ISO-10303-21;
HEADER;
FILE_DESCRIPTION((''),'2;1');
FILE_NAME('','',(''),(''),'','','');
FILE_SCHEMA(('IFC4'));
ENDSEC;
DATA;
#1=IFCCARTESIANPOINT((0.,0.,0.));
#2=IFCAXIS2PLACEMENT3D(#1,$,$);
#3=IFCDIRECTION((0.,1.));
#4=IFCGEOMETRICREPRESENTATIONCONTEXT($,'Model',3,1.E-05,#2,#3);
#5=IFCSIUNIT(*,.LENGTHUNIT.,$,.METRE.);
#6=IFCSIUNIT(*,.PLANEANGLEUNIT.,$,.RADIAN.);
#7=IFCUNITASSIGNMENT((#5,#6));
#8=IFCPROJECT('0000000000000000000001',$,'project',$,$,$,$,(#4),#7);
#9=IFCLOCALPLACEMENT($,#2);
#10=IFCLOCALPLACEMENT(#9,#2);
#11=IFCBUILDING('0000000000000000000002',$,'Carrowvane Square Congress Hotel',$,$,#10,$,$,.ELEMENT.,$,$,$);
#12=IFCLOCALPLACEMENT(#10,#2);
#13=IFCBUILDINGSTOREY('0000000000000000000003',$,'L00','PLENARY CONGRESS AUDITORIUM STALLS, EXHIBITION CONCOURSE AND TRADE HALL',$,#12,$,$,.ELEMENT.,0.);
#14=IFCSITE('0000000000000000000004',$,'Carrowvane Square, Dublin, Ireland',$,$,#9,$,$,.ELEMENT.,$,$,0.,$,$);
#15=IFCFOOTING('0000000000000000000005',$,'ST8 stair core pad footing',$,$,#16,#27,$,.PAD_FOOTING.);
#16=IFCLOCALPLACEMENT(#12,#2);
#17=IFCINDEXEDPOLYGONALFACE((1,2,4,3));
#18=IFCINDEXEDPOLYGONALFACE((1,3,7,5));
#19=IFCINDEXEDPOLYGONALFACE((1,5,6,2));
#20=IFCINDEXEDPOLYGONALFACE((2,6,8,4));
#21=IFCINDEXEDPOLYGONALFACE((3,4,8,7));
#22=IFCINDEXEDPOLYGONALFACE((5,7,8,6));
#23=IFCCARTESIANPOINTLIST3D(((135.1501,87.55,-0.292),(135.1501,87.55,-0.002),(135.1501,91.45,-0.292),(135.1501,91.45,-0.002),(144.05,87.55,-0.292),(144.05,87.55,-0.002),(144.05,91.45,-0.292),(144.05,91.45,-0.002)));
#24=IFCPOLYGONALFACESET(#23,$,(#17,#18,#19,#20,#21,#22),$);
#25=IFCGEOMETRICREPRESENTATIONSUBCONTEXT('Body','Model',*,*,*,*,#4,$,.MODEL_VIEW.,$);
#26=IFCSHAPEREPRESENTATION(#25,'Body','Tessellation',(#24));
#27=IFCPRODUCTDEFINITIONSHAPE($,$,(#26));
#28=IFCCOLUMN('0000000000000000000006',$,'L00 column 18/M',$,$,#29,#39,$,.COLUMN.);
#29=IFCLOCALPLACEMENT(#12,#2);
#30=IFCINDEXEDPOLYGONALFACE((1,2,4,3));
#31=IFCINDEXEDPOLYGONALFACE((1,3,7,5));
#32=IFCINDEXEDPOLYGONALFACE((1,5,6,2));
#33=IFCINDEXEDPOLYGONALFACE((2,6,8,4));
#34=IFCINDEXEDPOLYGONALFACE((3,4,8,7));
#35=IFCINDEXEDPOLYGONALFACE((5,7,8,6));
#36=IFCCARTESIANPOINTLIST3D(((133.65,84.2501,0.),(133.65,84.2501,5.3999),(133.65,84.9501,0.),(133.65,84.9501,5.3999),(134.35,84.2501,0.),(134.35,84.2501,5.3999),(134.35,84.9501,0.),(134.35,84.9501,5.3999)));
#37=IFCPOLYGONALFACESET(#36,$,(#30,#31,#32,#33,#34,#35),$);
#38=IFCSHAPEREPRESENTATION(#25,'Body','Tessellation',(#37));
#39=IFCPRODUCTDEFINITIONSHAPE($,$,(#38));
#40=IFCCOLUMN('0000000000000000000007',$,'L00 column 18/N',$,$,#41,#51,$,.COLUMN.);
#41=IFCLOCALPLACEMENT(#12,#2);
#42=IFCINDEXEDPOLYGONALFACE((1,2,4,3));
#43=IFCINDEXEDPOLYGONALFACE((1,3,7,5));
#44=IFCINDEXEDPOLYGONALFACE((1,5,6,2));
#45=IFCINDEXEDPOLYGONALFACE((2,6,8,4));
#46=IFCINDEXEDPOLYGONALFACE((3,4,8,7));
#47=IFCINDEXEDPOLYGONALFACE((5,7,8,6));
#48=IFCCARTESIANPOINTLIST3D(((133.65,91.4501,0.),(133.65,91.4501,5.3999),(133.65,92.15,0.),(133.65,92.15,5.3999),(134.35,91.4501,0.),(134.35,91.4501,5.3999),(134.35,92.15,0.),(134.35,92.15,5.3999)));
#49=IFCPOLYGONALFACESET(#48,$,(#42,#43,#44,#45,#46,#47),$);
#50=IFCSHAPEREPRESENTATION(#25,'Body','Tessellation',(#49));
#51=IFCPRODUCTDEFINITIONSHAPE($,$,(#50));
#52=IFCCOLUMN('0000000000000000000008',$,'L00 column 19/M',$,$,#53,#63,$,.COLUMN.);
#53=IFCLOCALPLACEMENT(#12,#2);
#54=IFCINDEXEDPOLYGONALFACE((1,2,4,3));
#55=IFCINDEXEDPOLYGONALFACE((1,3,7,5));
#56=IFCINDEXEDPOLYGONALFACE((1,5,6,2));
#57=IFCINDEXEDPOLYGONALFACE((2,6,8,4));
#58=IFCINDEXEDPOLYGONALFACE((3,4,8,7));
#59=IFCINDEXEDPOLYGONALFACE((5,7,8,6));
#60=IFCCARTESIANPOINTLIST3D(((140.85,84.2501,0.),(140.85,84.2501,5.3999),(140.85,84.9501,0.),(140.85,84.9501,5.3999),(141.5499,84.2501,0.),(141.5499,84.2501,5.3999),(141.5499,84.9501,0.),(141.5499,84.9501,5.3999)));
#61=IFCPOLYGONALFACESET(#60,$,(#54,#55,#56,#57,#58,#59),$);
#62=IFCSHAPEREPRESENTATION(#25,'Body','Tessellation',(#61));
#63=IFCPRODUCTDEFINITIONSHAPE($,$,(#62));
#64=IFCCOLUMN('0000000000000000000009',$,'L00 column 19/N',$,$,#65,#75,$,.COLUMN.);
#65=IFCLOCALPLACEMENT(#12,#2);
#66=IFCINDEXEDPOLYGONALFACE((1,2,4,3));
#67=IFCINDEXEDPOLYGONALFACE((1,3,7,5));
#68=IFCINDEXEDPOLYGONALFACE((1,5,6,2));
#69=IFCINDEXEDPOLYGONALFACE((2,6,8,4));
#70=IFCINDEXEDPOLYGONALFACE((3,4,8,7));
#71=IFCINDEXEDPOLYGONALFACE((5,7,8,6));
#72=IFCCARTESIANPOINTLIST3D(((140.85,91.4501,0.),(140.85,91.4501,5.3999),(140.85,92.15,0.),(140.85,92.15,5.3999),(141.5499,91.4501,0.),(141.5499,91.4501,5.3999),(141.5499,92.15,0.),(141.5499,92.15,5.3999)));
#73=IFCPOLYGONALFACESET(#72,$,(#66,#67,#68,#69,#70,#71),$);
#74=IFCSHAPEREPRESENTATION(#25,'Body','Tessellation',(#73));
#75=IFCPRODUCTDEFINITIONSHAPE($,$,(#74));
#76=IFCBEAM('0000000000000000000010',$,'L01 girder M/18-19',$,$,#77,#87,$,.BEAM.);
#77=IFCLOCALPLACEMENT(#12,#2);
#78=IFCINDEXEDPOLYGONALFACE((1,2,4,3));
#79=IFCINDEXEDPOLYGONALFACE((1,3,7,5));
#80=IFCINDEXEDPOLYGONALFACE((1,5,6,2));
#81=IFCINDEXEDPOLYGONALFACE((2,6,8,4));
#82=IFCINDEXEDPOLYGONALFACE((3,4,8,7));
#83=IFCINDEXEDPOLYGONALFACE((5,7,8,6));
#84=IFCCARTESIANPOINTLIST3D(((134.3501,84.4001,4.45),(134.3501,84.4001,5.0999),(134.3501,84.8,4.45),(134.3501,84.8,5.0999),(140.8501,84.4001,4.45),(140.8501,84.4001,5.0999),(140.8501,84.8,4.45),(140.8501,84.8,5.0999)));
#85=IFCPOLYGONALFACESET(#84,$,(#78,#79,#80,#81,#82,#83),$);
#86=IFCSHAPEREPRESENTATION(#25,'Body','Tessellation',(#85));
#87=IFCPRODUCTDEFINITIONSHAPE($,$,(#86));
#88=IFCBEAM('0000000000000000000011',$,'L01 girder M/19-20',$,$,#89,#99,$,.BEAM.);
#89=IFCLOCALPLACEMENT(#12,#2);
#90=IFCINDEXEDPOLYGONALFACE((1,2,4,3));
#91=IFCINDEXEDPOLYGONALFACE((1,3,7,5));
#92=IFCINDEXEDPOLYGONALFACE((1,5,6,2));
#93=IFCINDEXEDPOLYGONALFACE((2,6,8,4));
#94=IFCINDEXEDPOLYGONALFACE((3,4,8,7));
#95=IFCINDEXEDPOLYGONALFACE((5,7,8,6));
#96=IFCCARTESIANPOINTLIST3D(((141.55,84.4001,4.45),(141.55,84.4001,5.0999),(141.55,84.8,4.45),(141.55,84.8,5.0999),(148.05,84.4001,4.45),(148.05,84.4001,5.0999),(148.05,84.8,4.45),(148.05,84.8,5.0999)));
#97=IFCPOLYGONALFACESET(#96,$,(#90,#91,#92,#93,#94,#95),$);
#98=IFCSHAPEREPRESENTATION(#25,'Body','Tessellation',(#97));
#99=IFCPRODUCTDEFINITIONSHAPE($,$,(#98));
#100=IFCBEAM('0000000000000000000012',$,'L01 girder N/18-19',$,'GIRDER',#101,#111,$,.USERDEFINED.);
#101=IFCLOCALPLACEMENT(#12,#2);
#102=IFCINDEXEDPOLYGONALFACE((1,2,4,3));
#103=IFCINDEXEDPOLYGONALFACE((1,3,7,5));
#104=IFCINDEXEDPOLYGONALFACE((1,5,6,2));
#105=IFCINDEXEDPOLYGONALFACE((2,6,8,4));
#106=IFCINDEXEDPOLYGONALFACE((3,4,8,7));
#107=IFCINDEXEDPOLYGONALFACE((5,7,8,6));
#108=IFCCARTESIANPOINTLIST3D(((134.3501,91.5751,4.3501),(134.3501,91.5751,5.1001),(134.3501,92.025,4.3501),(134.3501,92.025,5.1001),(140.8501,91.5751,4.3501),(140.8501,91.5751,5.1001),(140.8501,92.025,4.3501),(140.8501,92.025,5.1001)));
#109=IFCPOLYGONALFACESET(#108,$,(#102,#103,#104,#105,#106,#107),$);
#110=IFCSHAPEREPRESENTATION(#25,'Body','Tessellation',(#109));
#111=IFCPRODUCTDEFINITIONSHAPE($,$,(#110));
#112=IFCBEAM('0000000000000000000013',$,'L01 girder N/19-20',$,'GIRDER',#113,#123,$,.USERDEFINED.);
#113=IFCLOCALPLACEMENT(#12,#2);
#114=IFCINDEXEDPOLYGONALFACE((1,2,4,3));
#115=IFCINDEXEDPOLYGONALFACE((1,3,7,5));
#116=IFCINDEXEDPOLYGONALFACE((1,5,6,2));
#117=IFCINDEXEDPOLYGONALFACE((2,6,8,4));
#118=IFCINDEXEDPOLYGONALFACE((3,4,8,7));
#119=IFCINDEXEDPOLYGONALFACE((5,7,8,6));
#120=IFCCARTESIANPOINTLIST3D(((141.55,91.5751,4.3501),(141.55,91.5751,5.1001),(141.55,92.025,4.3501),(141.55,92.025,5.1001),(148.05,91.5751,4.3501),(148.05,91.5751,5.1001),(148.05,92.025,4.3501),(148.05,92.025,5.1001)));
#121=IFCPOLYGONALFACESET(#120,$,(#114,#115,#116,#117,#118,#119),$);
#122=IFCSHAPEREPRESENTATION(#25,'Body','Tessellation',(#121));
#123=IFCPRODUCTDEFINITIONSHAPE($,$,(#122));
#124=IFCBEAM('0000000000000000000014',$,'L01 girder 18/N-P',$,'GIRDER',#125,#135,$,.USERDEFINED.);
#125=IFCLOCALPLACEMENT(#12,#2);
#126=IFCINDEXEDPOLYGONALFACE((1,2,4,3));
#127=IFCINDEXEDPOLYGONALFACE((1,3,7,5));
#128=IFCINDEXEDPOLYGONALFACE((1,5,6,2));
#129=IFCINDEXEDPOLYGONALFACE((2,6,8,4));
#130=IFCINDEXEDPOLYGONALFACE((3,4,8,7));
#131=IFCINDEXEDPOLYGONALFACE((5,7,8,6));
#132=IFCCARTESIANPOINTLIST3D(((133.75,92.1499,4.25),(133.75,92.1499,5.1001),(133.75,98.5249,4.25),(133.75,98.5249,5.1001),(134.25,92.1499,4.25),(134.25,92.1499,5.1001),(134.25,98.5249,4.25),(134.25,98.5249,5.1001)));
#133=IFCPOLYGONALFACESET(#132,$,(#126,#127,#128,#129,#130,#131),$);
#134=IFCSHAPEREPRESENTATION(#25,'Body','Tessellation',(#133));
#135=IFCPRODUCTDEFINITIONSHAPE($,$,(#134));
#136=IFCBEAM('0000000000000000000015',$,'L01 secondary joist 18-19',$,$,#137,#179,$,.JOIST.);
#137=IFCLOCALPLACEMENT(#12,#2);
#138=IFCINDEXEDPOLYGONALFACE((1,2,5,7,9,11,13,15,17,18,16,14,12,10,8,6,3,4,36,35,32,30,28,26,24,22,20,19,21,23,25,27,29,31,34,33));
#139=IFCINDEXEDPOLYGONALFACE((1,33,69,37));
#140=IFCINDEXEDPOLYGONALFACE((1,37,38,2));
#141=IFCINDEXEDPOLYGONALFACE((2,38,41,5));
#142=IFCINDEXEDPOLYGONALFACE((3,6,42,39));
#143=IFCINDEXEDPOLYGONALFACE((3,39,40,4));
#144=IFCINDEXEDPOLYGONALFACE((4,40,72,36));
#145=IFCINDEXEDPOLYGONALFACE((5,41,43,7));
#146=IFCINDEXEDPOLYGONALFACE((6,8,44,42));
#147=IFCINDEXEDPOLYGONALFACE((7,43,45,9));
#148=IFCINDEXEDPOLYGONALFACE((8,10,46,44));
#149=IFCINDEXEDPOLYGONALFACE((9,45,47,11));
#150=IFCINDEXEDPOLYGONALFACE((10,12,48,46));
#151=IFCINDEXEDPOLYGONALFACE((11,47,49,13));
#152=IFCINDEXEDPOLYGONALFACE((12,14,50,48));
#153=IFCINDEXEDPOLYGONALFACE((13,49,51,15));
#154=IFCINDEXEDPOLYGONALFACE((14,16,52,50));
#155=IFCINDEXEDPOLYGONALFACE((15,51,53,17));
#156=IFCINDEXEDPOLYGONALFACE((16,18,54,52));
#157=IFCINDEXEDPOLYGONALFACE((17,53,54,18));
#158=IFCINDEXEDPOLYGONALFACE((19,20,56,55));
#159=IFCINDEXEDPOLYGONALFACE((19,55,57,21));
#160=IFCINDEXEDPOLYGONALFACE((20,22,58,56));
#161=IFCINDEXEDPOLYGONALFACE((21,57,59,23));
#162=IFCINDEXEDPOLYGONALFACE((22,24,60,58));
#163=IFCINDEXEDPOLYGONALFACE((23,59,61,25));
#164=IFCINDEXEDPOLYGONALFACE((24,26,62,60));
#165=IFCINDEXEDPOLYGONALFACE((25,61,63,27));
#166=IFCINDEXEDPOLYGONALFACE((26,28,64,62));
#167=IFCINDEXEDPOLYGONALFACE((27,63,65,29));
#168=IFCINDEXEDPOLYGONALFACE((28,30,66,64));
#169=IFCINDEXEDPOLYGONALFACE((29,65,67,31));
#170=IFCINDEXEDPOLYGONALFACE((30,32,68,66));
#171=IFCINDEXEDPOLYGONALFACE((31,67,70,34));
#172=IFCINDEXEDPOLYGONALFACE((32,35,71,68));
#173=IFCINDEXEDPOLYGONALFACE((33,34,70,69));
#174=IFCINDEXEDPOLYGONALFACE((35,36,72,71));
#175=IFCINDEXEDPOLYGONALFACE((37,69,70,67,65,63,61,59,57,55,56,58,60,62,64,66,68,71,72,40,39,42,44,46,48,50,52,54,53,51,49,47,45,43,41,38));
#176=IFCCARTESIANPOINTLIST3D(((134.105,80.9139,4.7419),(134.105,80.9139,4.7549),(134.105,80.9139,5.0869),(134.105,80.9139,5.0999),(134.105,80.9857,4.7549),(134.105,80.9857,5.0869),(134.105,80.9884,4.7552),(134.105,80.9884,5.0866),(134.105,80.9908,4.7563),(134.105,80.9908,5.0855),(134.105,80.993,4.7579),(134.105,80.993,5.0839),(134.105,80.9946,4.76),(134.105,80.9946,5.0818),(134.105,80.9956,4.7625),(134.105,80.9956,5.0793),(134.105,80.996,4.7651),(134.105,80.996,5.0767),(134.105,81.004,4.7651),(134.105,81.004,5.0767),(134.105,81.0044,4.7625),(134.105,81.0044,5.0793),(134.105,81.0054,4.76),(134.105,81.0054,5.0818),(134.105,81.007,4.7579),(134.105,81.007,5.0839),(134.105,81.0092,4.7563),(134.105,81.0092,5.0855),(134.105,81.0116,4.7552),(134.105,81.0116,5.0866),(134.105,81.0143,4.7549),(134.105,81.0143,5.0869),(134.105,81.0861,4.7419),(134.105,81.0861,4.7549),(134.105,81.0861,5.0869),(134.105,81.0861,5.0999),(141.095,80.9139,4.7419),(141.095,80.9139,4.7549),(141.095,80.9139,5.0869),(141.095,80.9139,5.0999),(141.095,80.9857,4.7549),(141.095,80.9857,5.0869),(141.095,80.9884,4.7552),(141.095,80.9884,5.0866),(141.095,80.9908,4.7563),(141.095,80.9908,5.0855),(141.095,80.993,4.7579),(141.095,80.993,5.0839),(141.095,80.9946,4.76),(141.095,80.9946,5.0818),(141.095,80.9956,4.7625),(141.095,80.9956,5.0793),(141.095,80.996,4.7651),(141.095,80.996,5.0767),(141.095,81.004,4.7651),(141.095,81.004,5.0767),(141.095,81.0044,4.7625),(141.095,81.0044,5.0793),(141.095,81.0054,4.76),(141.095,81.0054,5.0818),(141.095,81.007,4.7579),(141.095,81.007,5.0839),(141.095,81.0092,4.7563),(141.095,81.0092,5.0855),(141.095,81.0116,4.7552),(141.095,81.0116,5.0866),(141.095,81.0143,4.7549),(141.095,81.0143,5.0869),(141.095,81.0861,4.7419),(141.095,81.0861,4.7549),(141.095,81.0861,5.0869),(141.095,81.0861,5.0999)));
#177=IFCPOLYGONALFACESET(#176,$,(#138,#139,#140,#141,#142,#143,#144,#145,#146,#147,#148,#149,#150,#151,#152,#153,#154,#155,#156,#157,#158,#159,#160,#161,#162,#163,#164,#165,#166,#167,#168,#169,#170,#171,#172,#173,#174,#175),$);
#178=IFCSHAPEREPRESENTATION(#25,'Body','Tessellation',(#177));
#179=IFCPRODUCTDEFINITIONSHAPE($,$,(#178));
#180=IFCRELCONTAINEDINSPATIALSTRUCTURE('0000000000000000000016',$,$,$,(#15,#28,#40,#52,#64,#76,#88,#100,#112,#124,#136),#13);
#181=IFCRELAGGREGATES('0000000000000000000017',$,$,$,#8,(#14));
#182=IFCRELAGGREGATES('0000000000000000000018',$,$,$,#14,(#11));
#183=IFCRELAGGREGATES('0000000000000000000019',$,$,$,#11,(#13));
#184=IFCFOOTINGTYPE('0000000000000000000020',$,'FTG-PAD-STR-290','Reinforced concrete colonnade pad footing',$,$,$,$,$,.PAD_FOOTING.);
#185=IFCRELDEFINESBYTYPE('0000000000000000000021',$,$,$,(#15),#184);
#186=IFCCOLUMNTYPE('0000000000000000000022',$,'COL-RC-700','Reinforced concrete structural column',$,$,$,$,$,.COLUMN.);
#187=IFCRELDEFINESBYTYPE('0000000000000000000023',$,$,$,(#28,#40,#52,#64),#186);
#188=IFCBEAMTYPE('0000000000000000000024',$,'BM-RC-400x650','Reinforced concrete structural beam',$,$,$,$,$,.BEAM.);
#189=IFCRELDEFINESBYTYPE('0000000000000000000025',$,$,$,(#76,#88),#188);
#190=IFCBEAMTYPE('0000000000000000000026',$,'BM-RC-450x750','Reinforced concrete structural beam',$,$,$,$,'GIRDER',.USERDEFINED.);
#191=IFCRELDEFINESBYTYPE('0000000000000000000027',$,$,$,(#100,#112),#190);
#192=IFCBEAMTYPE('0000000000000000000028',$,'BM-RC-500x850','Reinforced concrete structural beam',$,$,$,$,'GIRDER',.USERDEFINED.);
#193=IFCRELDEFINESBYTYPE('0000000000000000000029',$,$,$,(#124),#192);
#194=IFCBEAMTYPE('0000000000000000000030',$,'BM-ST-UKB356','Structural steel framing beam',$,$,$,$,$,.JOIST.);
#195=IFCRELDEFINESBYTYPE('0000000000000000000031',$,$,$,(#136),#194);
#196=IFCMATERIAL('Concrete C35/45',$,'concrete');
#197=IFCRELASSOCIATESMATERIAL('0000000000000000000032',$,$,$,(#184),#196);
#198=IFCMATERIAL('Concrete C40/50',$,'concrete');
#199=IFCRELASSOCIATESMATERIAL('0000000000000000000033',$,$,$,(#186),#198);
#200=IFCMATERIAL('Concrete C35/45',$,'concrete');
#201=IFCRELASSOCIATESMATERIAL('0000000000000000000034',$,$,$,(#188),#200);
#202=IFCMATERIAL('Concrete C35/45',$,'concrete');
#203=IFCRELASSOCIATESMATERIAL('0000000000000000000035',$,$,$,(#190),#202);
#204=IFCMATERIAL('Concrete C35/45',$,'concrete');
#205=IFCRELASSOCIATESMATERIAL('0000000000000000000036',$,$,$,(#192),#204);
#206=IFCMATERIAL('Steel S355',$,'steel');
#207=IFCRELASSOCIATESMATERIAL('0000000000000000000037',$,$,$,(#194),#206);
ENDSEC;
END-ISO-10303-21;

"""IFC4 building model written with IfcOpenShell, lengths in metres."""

from ifc_helpers import new_model, si_unit, direction, frame, origin, origin_2d, place, context, subcontext, project, spatial, rectangle, i_section, extrude, material, material_profile, profile_set, type_object, element, save


model = new_model("IFC4")

# Units and contexts
model_context = context("Model", 3, precision=1e-05, world=origin(), true_north=direction((0.0, 1.0)))
body_context = subcontext(model_context, "Body", "Model", "MODEL_VIEW")
ifc_project = project(units=[si_unit("LENGTHUNIT", "METRE"), si_unit("PLANEANGLEUNIT", "RADIAN")], contexts=[model_context])

# Site, building, storey
site_placement = place(None, origin())
site = spatial("IfcSite", under=ifc_project, at=site_placement, Name="Carrowvane Square, Dublin, Ireland", CompositionType="ELEMENT", RefElevation=0.0)
building_placement = place(site_placement, origin())
building = spatial("IfcBuilding", under=site, at=building_placement, Name="Carrowvane Square Congress Hotel", CompositionType="ELEMENT")
storey_placement = place(building_placement, origin())
storey = spatial("IfcBuildingStorey", under=building, at=storey_placement, Name="L00", Description="PLENARY CONGRESS AUDITORIUM STALLS, EXHIBITION CONCOURSE AND TRADE HALL", CompositionType="ELEMENT", Elevation=0.0)

# Footing
ifc_material_1 = material(Name="Concrete C35/45", Category="concrete")
footing_type = type_object("IfcFootingType", Name="FTG-PAD-STR-290", Description="Reinforced concrete colonnade pad footing", PredefinedType="PAD_FOOTING", material=ifc_material_1)
footing_placement = place(storey_placement, frame((139.6001, 89.5, -0.292), z_axis=(0.0, 0.0, 1.0), x_axis=(1.0, 0.0, 0.0)))
element("IfcFooting", 1, at=footing_placement, inside=storey, type_object=footing_type, Name="ST8 stair core pad footing", PredefinedType="PAD_FOOTING", context=body_context, shape_type="SweptSolid", body=[
    extrude(rectangle(XDim=8.8999, YDim=3.8999, at=origin_2d()), origin(), (0.0, 0.0, 1.0), 0.29),
])

# Columns
ifc_material_2 = material(Name="Concrete C40/50", Category="concrete")
ifc_material_profile_1 = material_profile(ifc_material_2, rectangle(XDim=0.7, YDim=0.7, at=origin_2d()), Name="RC 700x700")
ifc_profile_set_1 = profile_set([ifc_material_profile_1], Name="Concrete C40/50")
column_type = type_object("IfcColumnType", Name="COL-RC-700", Description="Reinforced concrete structural column", PredefinedType="COLUMN", material=ifc_profile_set_1)
for number, where, z_axis, x_axis, name in (
    (2, (134.0, 84.6001, 0.0), (0.0, 0.0, 1.0), (1.0, 0.0, 0.0), "L00 column 18/M"),
    (3, (134.0, 91.8, 0.0), (0.0, 0.0, 1.0), (1.0, 0.0, 0.0), "L00 column 18/N"),
    (4, (141.2, 84.6001, 0.0), (0.0, 0.0, 1.0), (1.0, 0.0, 0.0), "L00 column 19/M"),
    (5, (141.2, 91.8, 0.0), (0.0, 0.0, 1.0), (1.0, 0.0, 0.0), "L00 column 19/N"),
):
    element("IfcColumn", number, at=place(storey_placement, frame(where, z_axis=z_axis, x_axis=x_axis)), inside=storey, type_object=column_type, Name=name, PredefinedType="COLUMN", context=body_context, shape_type="SweptSolid", body=[
        extrude(rectangle(XDim=0.7, YDim=0.7, at=origin_2d()), origin(), (0.0, 0.0, 1.0), 5.3999),
    ])

# Beams
ifc_material_3 = material(Name="Concrete C35/45", Category="concrete")
ifc_material_profile_2 = material_profile(ifc_material_3, rectangle(XDim=0.3999, YDim=0.6499, at=origin_2d()), Name="RC 400x650")
ifc_profile_set_2 = profile_set([ifc_material_profile_2], Name="Concrete C35/45")
beam_type_1 = type_object("IfcBeamType", Name="BM-RC-400x650", Description="Reinforced concrete structural beam", PredefinedType="BEAM", material=ifc_profile_set_2)
for number, where, z_axis, x_axis, name in (
    (6, (134.3501, 84.6001, 4.7749), (1.0, 0.0, 0.0), (0.0, 1.0, 0.0), "L01 girder M/18-19"),
    (7, (141.55, 84.6001, 4.7749), (1.0, 0.0, 0.0), (0.0, 1.0, 0.0), "L01 girder M/19-20"),
):
    element("IfcBeam", number, at=place(storey_placement, frame(where, z_axis=z_axis, x_axis=x_axis)), inside=storey, type_object=beam_type_1, Name=name, PredefinedType="BEAM", context=body_context, shape_type="SweptSolid", body=[
        extrude(rectangle(XDim=0.3999, YDim=0.6499, at=origin_2d()), origin(), (0.0, 0.0, 1.0), 6.5),
    ])
ifc_material_4 = material(Name="Concrete C35/45", Category="concrete")
ifc_material_profile_3 = material_profile(ifc_material_4, rectangle(XDim=0.45, YDim=0.75, at=origin_2d()), Name="RC 450x750")
ifc_profile_set_3 = profile_set([ifc_material_profile_3], Name="Concrete C35/45")
beam_type_2 = type_object("IfcBeamType", Name="BM-RC-450x750", Description="Reinforced concrete structural beam", ElementType="GIRDER", PredefinedType="USERDEFINED", material=ifc_profile_set_3)
for number, where, z_axis, x_axis, name in (
    (8, (134.3501, 91.8, 4.7251), (1.0, 0.0, 0.0), (0.0, 1.0, 0.0), "L01 girder N/18-19"),
    (9, (141.55, 91.8, 4.7251), (1.0, 0.0, 0.0), (0.0, 1.0, 0.0), "L01 girder N/19-20"),
):
    element("IfcBeam", number, at=place(storey_placement, frame(where, z_axis=z_axis, x_axis=x_axis)), inside=storey, type_object=beam_type_2, Name=name, ObjectType="GIRDER", PredefinedType="USERDEFINED", context=body_context, shape_type="SweptSolid", body=[
        extrude(rectangle(XDim=0.45, YDim=0.75, at=origin_2d()), origin(), (0.0, 0.0, 1.0), 6.5),
    ])
ifc_material_5 = material(Name="Concrete C35/45", Category="concrete")
ifc_material_profile_4 = material_profile(ifc_material_5, rectangle(XDim=0.5, YDim=0.8501, at=origin_2d()), Name="RC 500x850")
ifc_profile_set_4 = profile_set([ifc_material_profile_4], Name="Concrete C35/45")
beam_type_3 = type_object("IfcBeamType", Name="BM-RC-500x850", Description="Reinforced concrete structural beam", ElementType="GIRDER", PredefinedType="USERDEFINED", material=ifc_profile_set_4)
beam_placement = place(storey_placement, frame((134.0, 92.1499, 4.675), z_axis=(0.0, 1.0, 0.0), x_axis=(-1.0, 0.0, 0.0)))
element("IfcBeam", 10, at=beam_placement, inside=storey, type_object=beam_type_3, Name="L01 girder 18/N-P", ObjectType="GIRDER", PredefinedType="USERDEFINED", context=body_context, shape_type="SweptSolid", body=[
    extrude(rectangle(XDim=0.5, YDim=0.8501, at=origin_2d()), origin(), (0.0, 0.0, 1.0), 6.375),
])
ifc_material_6 = material(Name="Steel S355", Category="steel")
ifc_material_profile_5 = material_profile(ifc_material_6, i_section(OverallWidth=0.1721, OverallDepth=0.3579, WebThickness=0.0081, FlangeThickness=0.0129, FilletRadius=0.0103, at=origin_2d()), Name="UKB 356x171x57")
ifc_profile_set_5 = profile_set([ifc_material_profile_5], Name="Steel S355")
beam_type_4 = type_object("IfcBeamType", Name="BM-ST-UKB356", Description="Structural steel framing beam", PredefinedType="JOIST", material=ifc_profile_set_5)
for number, where, z_axis, x_axis, name in (
    (11, (134.105, 81.0, 4.9209), (1.0, 0.0, 0.0), (0.0, 1.0, 0.0), "L01 secondary joist 18-19"),
):
    element("IfcBeam", number, at=place(storey_placement, frame(where, z_axis=z_axis, x_axis=x_axis)), inside=storey, type_object=beam_type_4, Name=name, PredefinedType="JOIST", context=body_context, shape_type="SweptSolid", body=[
        extrude(i_section(OverallWidth=0.1721, OverallDepth=0.3579, WebThickness=0.0081, FlangeThickness=0.0129, FilletRadius=0.0103, at=origin_2d()), origin(), (0.0, 0.0, 1.0), 6.99),
    ])

save(model, "model.ifc")
